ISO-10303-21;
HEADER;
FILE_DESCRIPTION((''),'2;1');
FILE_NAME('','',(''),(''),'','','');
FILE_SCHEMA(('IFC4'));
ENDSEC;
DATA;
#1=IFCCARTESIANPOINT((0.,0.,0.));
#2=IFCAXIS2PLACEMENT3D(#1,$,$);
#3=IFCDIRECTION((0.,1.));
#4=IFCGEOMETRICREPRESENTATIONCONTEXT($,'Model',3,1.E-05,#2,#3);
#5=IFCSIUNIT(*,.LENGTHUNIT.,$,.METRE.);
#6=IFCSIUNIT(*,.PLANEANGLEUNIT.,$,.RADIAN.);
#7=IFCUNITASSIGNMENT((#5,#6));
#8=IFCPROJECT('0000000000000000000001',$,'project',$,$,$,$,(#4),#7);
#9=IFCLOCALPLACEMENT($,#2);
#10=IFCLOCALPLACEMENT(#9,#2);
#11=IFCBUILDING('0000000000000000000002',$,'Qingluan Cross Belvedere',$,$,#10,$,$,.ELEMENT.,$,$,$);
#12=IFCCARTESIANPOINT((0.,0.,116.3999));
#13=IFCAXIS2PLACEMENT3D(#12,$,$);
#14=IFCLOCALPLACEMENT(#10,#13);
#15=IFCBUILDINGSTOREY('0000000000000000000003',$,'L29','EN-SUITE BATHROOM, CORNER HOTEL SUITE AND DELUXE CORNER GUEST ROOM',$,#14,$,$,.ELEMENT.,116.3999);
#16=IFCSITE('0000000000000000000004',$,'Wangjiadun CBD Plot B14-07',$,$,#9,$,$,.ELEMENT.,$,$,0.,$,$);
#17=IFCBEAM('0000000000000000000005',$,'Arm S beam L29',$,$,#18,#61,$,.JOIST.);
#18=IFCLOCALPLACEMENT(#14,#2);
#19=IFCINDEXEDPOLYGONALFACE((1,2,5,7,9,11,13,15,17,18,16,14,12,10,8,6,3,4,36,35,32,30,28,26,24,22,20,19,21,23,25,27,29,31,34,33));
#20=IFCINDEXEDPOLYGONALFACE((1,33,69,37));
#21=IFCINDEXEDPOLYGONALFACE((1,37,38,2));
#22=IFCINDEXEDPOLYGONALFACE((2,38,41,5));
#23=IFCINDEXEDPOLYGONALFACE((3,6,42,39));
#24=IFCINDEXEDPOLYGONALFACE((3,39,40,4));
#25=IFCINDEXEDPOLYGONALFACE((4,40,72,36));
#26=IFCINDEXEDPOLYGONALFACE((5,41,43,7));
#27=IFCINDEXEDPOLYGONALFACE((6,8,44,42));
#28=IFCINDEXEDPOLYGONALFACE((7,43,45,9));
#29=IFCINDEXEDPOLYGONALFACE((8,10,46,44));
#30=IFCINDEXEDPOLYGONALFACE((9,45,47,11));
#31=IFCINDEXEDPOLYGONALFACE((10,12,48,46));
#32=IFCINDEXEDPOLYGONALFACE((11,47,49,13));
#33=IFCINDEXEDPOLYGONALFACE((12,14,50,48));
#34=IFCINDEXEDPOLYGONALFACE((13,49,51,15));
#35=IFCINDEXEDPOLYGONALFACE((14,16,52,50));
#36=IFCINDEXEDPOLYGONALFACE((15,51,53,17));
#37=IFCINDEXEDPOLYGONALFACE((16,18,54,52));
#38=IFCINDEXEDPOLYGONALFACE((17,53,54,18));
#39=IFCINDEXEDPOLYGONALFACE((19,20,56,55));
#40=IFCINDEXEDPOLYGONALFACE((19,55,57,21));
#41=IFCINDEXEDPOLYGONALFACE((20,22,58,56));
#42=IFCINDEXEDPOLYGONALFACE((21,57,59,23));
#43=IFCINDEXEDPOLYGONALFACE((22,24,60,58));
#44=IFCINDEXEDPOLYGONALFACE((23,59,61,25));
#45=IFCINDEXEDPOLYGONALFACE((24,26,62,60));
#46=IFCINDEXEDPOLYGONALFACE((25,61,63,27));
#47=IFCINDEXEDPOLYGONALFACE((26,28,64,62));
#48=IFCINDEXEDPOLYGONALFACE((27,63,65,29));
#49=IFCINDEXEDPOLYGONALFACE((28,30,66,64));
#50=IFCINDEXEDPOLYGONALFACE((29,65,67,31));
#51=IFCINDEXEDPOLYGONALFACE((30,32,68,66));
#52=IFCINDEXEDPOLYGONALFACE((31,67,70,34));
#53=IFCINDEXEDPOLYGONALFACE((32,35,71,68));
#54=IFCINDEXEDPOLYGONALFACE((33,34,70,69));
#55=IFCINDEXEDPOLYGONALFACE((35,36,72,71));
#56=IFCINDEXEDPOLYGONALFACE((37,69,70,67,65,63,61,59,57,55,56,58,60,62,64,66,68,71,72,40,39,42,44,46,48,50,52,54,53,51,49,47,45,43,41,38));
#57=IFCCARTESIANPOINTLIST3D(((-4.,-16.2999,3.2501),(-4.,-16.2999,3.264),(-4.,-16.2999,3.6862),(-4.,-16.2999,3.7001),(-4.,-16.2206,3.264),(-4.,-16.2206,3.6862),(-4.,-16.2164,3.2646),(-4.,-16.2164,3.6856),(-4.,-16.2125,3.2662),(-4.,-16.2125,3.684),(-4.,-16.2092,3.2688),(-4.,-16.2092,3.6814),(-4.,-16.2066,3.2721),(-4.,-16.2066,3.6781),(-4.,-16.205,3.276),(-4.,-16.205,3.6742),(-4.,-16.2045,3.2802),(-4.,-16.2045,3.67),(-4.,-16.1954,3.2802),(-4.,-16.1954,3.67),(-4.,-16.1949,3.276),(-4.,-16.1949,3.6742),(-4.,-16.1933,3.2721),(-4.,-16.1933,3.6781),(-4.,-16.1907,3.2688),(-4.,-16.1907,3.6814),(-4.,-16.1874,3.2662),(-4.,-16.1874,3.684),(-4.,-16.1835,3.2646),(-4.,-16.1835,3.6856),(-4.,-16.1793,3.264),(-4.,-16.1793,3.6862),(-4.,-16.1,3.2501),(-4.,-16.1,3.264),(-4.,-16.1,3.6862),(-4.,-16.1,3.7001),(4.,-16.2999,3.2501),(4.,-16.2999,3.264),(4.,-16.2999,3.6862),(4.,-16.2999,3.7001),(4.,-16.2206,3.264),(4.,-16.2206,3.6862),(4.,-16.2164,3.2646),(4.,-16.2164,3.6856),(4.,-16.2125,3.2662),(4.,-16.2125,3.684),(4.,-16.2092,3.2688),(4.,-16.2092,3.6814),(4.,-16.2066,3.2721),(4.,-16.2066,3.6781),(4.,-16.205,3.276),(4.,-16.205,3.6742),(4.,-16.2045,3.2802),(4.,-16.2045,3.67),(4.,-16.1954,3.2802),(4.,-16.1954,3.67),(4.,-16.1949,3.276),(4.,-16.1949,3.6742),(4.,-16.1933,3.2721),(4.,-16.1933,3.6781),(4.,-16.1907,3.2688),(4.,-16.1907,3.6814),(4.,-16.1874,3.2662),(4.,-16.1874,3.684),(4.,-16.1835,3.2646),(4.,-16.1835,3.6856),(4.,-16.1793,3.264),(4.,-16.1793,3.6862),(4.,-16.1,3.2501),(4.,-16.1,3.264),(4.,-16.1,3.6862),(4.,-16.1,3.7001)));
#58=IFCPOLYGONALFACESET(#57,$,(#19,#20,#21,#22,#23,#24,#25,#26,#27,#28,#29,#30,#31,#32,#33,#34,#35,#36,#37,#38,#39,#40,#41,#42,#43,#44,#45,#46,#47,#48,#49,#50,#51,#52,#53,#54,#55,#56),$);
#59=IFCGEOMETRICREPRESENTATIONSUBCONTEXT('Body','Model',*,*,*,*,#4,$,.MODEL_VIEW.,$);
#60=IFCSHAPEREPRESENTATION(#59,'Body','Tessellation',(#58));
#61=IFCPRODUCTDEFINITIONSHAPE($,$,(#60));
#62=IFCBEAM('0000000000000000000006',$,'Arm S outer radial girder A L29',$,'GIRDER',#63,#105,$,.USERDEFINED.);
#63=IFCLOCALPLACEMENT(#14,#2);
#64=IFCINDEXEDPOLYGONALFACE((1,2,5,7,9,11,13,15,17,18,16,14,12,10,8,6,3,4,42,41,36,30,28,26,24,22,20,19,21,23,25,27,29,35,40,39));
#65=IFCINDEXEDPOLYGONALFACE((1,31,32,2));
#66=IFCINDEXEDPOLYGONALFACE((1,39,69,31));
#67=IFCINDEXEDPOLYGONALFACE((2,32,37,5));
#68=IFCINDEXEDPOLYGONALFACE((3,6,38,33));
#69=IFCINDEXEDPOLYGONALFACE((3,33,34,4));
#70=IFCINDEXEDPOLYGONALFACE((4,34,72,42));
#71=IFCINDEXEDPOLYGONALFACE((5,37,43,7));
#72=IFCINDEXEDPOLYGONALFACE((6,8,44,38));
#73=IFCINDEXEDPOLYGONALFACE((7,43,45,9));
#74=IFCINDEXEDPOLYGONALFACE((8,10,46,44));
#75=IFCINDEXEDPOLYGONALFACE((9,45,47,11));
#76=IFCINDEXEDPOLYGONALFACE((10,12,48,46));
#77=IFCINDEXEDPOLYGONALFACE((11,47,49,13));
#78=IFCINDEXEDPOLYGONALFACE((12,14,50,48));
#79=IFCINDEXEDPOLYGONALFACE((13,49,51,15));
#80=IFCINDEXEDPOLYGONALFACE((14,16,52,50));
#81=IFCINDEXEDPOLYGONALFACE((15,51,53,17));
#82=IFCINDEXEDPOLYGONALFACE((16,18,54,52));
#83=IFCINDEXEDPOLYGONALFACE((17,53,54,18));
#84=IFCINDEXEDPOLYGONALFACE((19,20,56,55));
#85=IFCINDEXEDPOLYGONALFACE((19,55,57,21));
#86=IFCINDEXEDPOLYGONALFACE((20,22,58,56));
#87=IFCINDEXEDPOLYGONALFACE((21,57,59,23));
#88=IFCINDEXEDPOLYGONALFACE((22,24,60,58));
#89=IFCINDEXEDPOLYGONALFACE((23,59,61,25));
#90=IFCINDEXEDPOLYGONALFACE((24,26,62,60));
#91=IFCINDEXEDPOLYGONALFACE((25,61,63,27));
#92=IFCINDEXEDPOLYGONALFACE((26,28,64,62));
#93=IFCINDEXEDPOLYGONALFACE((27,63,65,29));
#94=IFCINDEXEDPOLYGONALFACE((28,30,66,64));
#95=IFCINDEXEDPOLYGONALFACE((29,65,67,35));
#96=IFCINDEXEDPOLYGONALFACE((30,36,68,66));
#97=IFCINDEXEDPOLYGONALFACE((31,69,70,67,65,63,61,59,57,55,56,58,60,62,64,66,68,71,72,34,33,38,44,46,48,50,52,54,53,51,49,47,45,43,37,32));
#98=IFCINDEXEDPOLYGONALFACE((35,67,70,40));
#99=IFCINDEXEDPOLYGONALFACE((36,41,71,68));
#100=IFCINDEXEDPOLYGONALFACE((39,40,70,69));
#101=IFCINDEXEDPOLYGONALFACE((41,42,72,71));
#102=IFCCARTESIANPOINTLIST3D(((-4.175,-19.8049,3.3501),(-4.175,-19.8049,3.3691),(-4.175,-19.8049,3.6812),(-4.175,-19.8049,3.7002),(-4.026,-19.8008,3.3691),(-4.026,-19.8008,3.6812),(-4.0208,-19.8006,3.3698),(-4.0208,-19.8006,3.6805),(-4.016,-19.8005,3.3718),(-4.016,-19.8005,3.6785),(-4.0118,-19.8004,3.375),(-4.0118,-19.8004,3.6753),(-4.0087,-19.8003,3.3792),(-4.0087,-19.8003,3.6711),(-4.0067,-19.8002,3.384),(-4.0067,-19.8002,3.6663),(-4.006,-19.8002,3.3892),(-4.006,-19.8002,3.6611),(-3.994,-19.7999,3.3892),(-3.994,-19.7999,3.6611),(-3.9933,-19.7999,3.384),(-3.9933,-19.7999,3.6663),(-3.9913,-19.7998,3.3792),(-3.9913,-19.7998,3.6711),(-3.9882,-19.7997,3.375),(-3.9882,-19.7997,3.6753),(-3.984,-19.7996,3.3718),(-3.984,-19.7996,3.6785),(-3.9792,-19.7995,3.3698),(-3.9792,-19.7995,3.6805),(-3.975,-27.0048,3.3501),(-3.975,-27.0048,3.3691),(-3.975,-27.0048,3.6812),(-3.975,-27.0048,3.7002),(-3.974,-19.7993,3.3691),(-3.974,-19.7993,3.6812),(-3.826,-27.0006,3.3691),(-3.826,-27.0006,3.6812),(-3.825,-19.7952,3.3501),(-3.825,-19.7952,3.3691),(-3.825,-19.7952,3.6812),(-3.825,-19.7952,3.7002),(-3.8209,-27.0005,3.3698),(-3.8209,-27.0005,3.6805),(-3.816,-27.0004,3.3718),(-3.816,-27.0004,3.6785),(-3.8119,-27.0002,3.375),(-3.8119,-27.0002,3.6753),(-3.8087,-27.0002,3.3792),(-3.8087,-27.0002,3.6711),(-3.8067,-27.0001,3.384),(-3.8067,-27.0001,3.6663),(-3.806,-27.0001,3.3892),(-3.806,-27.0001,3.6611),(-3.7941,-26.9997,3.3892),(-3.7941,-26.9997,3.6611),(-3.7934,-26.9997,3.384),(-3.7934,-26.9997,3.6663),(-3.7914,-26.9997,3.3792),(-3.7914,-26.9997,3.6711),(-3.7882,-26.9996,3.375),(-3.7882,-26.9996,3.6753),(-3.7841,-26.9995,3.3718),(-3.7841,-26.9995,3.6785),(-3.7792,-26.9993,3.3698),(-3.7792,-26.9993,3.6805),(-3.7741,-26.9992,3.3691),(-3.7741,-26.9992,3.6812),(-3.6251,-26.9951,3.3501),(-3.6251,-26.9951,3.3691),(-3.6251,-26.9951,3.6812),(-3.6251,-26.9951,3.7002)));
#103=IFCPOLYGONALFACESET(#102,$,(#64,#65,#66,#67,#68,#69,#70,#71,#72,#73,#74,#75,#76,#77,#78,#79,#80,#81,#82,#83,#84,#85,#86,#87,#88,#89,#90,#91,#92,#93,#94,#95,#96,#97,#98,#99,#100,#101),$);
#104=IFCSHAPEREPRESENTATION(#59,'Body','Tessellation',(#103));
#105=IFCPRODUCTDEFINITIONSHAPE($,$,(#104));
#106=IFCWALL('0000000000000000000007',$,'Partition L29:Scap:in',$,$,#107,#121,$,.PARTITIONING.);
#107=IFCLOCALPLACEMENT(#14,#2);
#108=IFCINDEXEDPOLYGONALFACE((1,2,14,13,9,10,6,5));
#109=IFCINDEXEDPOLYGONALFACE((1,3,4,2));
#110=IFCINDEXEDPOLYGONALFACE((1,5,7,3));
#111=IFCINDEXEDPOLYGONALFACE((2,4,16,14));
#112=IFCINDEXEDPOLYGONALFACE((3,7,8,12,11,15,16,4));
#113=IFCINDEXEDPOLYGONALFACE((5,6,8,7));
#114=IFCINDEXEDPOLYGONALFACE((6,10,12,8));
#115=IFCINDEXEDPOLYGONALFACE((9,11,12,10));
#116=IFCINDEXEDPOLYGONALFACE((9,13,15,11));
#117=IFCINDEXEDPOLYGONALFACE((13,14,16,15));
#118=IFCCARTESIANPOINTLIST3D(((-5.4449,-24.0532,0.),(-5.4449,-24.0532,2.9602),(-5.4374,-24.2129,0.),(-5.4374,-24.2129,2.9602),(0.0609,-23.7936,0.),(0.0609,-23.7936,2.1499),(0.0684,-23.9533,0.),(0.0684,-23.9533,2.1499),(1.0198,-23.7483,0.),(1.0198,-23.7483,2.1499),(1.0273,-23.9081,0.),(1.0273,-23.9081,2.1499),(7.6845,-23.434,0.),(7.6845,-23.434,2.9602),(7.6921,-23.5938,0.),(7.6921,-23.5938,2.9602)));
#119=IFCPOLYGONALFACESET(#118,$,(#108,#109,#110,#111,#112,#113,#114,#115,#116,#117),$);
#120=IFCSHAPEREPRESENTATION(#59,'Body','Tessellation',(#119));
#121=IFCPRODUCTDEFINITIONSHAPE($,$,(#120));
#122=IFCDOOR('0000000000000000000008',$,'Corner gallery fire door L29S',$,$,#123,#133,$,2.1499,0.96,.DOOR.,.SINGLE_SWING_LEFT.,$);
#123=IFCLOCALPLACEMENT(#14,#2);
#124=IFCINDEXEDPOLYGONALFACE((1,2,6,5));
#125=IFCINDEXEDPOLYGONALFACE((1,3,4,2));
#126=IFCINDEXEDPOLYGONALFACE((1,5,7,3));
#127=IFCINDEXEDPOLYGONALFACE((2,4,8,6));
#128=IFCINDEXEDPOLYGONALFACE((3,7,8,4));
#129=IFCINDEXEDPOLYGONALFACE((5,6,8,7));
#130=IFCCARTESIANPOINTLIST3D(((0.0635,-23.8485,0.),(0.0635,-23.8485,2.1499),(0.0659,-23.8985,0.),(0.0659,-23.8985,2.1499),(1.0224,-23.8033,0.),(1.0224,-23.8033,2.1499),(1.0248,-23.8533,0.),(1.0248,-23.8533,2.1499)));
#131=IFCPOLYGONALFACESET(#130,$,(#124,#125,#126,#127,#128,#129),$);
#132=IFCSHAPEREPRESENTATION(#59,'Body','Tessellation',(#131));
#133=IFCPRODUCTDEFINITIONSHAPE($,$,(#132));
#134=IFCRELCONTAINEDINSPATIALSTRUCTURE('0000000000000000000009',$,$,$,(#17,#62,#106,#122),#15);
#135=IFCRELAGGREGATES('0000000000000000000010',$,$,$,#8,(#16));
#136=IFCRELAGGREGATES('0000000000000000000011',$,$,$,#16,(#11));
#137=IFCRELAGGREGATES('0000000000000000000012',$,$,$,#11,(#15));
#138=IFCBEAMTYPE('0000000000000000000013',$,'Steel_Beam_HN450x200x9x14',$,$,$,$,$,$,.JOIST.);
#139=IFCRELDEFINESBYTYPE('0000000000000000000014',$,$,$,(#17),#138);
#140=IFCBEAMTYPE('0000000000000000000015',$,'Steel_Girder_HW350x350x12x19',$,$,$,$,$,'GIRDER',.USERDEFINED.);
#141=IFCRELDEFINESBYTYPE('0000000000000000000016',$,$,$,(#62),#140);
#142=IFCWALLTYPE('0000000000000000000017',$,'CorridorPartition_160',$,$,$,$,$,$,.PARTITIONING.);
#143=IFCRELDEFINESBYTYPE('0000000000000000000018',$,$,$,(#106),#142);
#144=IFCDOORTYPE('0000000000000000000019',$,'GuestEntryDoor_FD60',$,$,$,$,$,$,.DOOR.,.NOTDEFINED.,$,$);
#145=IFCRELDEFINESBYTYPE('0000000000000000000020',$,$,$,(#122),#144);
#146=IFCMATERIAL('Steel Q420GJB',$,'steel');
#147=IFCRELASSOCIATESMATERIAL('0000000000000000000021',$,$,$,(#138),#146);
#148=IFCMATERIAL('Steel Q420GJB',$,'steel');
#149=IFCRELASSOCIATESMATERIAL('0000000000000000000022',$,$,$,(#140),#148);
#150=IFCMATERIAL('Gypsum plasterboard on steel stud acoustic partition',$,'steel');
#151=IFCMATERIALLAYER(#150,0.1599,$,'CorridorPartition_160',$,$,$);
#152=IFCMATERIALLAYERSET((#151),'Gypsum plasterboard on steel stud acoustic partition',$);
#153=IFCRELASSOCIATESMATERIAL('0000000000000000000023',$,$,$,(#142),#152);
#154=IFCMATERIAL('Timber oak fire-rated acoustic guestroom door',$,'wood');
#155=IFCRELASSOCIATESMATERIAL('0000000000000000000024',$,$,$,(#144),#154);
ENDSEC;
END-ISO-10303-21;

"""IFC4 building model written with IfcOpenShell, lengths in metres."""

from ifc_helpers import new_model, si_unit, direction, frame, frame_2d, origin, origin_2d, place, context, subcontext, project, spatial, rectangle, i_section, extrude, material, layer, layer_set, material_profile, profile_set, type_object, element, fill, save


model = new_model("IFC4")

# Units and contexts
model_context = context("Model", 3, precision=1e-05, world=origin(), true_north=direction((0.0, 1.0)))
body_context = subcontext(model_context, "Body", "Model", "MODEL_VIEW")
ifc_project = project(units=[si_unit("LENGTHUNIT", "METRE"), si_unit("PLANEANGLEUNIT", "RADIAN")], contexts=[model_context])

# Site, building, storey
site_placement = place(None, origin())
site = spatial("IfcSite", under=ifc_project, at=site_placement, Name="Wangjiadun CBD Plot B14-07", CompositionType="ELEMENT", RefElevation=0.0)
building_placement = place(site_placement, origin())
building = spatial("IfcBuilding", under=site, at=building_placement, Name="Qingluan Cross Belvedere", CompositionType="ELEMENT")
storey_placement = place(building_placement, frame((0.0, 0.0, 116.3999)))
storey = spatial("IfcBuildingStorey", under=building, at=storey_placement, Name="L29", Description="EN-SUITE BATHROOM, CORNER HOTEL SUITE AND DELUXE CORNER GUEST ROOM", CompositionType="ELEMENT", Elevation=116.3999)

# Beams
ifc_material_1 = material(Name="Steel Q420GJB", Category="steel")
ifc_material_profile_1 = material_profile(ifc_material_1, i_section(OverallWidth=0.2, OverallDepth=0.45, WebThickness=0.009, FlangeThickness=0.0139, FilletRadius=0.0161, at=origin_2d()), Name="HN450x200x9x14")
ifc_profile_set_1 = profile_set([ifc_material_profile_1], Name="Steel Q420GJB")
beam_type_1 = type_object("IfcBeamType", Name="Steel_Beam_HN450x200x9x14", PredefinedType="JOIST", material=ifc_profile_set_1)
for number, where, z_axis, x_axis, name in (
    (1, (-4.0, -16.2, 3.4751), (1.0, 0.0, 0.0), (0.0, 1.0, 0.0), "Arm S beam L29"),
):
    element("IfcBeam", number, at=place(storey_placement, frame(where, z_axis=z_axis, x_axis=x_axis)), inside=storey, type_object=beam_type_1, Name=name, PredefinedType="JOIST", context=body_context, shape_type="SweptSolid", body=[
        extrude(i_section(OverallWidth=0.2, OverallDepth=0.45, WebThickness=0.009, FlangeThickness=0.0139, FilletRadius=0.0161, at=origin_2d()), origin(), (0.0, 0.0, 1.0), 8.0),
    ])
ifc_material_2 = material(Name="Steel Q420GJB", Category="steel")
ifc_material_profile_2 = material_profile(ifc_material_2, i_section(OverallWidth=0.3501, OverallDepth=0.3501, WebThickness=0.012, FlangeThickness=0.019, FilletRadius=0.02, at=origin_2d()), Name="HW350x350x12x19")
ifc_profile_set_2 = profile_set([ifc_material_profile_2], Name="Steel Q420GJB")
beam_type_2 = type_object("IfcBeamType", Name="Steel_Girder_HW350x350x12x19", ElementType="GIRDER", PredefinedType="USERDEFINED", material=ifc_profile_set_2)
beam_placement = place(storey_placement, frame((-4.0, -19.8, 3.5251), z_axis=(0.02776, -0.999615, 0.0), x_axis=(0.999615, 0.02776, 0.0)))
element("IfcBeam", 2, at=beam_placement, inside=storey, type_object=beam_type_2, Name="Arm S outer radial girder A L29", ObjectType="GIRDER", PredefinedType="USERDEFINED", context=body_context, shape_type="SweptSolid", body=[
    extrude(i_section(OverallWidth=0.3501, OverallDepth=0.3501, WebThickness=0.012, FlangeThickness=0.019, FilletRadius=0.02, at=origin_2d()), origin(), (0.0, 0.0, 1.0), 7.2026),
])

# Wall, opening, door
ifc_material_3 = material(Name="Gypsum plasterboard on steel stud acoustic partition", Category="steel")
ifc_layer_1 = layer(ifc_material_3, 0.1599, Name="CorridorPartition_160")
ifc_layer_set_1 = layer_set([ifc_layer_1], Name="Gypsum plasterboard on steel stud acoustic partition")
wall_type_1 = type_object("IfcWallType", Name="CorridorPartition_160", PredefinedType="PARTITIONING", material=ifc_layer_set_1)
wall_1_placement = place(storey_placement, frame((-5.4412, -24.1331, 0.0), z_axis=(0.0, 0.0, 1.0), x_axis=(0.99889, 0.047104, 0.0)))
wall_1 = element("IfcWall", 3, at=wall_1_placement, inside=storey, type_object=wall_type_1, Name="Partition L29:Scap:in", PredefinedType="PARTITIONING", context=body_context, shape_type="SweptSolid", body=[
    extrude(rectangle(XDim=13.144, YDim=0.1599, at=frame_2d((6.572, 0.0))), origin(), (0.0, 0.0, 1.0), 2.9602),
])
opening_1_placement = place(wall_1_placement, frame((5.512, 0.0, 0.0)))
opening_1 = element("IfcOpeningElement", 4, at=opening_1_placement, cuts=wall_1, PredefinedType="OPENING", context=body_context, shape_type="SweptSolid", body=[
    extrude(rectangle(XDim=0.96, YDim=2.1499, at=frame_2d((0.48, 1.075))), frame((0.0, 0.0898, 0.0), z_axis=(0.0, -1.0, 0.0), x_axis=(1.0, 0.0, 0.0)), (0.0, 0.0, 1.0), 0.1799),
])
ifc_material_4 = material(Name="Timber oak fire-rated acoustic guestroom door", Category="wood")
door_type_1 = type_object("IfcDoorType", Name="GuestEntryDoor_FD60", OperationType="NOTDEFINED", PredefinedType="DOOR", material=ifc_material_4)
door_1_placement = place(opening_1_placement, origin())
door_1 = element("IfcDoor", 5, at=door_1_placement, inside=storey, type_object=door_type_1, Name="Corner gallery fire door L29S", OperationType="SINGLE_SWING_LEFT", OverallHeight=2.1499, OverallWidth=0.96, PredefinedType="DOOR", context=body_context, shape_type="SweptSolid", body=[
    extrude(rectangle(XDim=0.96, YDim=2.1499, at=frame_2d((0.48, 1.075))), frame((0.0, 0.0249, 0.0), z_axis=(0.0, -1.0, 0.0), x_axis=(1.0, 0.0, 0.0)), (0.0, 0.0, 1.0), 0.05),
])
fill(opening_1, door_1)

save(model, "model.ifc")
